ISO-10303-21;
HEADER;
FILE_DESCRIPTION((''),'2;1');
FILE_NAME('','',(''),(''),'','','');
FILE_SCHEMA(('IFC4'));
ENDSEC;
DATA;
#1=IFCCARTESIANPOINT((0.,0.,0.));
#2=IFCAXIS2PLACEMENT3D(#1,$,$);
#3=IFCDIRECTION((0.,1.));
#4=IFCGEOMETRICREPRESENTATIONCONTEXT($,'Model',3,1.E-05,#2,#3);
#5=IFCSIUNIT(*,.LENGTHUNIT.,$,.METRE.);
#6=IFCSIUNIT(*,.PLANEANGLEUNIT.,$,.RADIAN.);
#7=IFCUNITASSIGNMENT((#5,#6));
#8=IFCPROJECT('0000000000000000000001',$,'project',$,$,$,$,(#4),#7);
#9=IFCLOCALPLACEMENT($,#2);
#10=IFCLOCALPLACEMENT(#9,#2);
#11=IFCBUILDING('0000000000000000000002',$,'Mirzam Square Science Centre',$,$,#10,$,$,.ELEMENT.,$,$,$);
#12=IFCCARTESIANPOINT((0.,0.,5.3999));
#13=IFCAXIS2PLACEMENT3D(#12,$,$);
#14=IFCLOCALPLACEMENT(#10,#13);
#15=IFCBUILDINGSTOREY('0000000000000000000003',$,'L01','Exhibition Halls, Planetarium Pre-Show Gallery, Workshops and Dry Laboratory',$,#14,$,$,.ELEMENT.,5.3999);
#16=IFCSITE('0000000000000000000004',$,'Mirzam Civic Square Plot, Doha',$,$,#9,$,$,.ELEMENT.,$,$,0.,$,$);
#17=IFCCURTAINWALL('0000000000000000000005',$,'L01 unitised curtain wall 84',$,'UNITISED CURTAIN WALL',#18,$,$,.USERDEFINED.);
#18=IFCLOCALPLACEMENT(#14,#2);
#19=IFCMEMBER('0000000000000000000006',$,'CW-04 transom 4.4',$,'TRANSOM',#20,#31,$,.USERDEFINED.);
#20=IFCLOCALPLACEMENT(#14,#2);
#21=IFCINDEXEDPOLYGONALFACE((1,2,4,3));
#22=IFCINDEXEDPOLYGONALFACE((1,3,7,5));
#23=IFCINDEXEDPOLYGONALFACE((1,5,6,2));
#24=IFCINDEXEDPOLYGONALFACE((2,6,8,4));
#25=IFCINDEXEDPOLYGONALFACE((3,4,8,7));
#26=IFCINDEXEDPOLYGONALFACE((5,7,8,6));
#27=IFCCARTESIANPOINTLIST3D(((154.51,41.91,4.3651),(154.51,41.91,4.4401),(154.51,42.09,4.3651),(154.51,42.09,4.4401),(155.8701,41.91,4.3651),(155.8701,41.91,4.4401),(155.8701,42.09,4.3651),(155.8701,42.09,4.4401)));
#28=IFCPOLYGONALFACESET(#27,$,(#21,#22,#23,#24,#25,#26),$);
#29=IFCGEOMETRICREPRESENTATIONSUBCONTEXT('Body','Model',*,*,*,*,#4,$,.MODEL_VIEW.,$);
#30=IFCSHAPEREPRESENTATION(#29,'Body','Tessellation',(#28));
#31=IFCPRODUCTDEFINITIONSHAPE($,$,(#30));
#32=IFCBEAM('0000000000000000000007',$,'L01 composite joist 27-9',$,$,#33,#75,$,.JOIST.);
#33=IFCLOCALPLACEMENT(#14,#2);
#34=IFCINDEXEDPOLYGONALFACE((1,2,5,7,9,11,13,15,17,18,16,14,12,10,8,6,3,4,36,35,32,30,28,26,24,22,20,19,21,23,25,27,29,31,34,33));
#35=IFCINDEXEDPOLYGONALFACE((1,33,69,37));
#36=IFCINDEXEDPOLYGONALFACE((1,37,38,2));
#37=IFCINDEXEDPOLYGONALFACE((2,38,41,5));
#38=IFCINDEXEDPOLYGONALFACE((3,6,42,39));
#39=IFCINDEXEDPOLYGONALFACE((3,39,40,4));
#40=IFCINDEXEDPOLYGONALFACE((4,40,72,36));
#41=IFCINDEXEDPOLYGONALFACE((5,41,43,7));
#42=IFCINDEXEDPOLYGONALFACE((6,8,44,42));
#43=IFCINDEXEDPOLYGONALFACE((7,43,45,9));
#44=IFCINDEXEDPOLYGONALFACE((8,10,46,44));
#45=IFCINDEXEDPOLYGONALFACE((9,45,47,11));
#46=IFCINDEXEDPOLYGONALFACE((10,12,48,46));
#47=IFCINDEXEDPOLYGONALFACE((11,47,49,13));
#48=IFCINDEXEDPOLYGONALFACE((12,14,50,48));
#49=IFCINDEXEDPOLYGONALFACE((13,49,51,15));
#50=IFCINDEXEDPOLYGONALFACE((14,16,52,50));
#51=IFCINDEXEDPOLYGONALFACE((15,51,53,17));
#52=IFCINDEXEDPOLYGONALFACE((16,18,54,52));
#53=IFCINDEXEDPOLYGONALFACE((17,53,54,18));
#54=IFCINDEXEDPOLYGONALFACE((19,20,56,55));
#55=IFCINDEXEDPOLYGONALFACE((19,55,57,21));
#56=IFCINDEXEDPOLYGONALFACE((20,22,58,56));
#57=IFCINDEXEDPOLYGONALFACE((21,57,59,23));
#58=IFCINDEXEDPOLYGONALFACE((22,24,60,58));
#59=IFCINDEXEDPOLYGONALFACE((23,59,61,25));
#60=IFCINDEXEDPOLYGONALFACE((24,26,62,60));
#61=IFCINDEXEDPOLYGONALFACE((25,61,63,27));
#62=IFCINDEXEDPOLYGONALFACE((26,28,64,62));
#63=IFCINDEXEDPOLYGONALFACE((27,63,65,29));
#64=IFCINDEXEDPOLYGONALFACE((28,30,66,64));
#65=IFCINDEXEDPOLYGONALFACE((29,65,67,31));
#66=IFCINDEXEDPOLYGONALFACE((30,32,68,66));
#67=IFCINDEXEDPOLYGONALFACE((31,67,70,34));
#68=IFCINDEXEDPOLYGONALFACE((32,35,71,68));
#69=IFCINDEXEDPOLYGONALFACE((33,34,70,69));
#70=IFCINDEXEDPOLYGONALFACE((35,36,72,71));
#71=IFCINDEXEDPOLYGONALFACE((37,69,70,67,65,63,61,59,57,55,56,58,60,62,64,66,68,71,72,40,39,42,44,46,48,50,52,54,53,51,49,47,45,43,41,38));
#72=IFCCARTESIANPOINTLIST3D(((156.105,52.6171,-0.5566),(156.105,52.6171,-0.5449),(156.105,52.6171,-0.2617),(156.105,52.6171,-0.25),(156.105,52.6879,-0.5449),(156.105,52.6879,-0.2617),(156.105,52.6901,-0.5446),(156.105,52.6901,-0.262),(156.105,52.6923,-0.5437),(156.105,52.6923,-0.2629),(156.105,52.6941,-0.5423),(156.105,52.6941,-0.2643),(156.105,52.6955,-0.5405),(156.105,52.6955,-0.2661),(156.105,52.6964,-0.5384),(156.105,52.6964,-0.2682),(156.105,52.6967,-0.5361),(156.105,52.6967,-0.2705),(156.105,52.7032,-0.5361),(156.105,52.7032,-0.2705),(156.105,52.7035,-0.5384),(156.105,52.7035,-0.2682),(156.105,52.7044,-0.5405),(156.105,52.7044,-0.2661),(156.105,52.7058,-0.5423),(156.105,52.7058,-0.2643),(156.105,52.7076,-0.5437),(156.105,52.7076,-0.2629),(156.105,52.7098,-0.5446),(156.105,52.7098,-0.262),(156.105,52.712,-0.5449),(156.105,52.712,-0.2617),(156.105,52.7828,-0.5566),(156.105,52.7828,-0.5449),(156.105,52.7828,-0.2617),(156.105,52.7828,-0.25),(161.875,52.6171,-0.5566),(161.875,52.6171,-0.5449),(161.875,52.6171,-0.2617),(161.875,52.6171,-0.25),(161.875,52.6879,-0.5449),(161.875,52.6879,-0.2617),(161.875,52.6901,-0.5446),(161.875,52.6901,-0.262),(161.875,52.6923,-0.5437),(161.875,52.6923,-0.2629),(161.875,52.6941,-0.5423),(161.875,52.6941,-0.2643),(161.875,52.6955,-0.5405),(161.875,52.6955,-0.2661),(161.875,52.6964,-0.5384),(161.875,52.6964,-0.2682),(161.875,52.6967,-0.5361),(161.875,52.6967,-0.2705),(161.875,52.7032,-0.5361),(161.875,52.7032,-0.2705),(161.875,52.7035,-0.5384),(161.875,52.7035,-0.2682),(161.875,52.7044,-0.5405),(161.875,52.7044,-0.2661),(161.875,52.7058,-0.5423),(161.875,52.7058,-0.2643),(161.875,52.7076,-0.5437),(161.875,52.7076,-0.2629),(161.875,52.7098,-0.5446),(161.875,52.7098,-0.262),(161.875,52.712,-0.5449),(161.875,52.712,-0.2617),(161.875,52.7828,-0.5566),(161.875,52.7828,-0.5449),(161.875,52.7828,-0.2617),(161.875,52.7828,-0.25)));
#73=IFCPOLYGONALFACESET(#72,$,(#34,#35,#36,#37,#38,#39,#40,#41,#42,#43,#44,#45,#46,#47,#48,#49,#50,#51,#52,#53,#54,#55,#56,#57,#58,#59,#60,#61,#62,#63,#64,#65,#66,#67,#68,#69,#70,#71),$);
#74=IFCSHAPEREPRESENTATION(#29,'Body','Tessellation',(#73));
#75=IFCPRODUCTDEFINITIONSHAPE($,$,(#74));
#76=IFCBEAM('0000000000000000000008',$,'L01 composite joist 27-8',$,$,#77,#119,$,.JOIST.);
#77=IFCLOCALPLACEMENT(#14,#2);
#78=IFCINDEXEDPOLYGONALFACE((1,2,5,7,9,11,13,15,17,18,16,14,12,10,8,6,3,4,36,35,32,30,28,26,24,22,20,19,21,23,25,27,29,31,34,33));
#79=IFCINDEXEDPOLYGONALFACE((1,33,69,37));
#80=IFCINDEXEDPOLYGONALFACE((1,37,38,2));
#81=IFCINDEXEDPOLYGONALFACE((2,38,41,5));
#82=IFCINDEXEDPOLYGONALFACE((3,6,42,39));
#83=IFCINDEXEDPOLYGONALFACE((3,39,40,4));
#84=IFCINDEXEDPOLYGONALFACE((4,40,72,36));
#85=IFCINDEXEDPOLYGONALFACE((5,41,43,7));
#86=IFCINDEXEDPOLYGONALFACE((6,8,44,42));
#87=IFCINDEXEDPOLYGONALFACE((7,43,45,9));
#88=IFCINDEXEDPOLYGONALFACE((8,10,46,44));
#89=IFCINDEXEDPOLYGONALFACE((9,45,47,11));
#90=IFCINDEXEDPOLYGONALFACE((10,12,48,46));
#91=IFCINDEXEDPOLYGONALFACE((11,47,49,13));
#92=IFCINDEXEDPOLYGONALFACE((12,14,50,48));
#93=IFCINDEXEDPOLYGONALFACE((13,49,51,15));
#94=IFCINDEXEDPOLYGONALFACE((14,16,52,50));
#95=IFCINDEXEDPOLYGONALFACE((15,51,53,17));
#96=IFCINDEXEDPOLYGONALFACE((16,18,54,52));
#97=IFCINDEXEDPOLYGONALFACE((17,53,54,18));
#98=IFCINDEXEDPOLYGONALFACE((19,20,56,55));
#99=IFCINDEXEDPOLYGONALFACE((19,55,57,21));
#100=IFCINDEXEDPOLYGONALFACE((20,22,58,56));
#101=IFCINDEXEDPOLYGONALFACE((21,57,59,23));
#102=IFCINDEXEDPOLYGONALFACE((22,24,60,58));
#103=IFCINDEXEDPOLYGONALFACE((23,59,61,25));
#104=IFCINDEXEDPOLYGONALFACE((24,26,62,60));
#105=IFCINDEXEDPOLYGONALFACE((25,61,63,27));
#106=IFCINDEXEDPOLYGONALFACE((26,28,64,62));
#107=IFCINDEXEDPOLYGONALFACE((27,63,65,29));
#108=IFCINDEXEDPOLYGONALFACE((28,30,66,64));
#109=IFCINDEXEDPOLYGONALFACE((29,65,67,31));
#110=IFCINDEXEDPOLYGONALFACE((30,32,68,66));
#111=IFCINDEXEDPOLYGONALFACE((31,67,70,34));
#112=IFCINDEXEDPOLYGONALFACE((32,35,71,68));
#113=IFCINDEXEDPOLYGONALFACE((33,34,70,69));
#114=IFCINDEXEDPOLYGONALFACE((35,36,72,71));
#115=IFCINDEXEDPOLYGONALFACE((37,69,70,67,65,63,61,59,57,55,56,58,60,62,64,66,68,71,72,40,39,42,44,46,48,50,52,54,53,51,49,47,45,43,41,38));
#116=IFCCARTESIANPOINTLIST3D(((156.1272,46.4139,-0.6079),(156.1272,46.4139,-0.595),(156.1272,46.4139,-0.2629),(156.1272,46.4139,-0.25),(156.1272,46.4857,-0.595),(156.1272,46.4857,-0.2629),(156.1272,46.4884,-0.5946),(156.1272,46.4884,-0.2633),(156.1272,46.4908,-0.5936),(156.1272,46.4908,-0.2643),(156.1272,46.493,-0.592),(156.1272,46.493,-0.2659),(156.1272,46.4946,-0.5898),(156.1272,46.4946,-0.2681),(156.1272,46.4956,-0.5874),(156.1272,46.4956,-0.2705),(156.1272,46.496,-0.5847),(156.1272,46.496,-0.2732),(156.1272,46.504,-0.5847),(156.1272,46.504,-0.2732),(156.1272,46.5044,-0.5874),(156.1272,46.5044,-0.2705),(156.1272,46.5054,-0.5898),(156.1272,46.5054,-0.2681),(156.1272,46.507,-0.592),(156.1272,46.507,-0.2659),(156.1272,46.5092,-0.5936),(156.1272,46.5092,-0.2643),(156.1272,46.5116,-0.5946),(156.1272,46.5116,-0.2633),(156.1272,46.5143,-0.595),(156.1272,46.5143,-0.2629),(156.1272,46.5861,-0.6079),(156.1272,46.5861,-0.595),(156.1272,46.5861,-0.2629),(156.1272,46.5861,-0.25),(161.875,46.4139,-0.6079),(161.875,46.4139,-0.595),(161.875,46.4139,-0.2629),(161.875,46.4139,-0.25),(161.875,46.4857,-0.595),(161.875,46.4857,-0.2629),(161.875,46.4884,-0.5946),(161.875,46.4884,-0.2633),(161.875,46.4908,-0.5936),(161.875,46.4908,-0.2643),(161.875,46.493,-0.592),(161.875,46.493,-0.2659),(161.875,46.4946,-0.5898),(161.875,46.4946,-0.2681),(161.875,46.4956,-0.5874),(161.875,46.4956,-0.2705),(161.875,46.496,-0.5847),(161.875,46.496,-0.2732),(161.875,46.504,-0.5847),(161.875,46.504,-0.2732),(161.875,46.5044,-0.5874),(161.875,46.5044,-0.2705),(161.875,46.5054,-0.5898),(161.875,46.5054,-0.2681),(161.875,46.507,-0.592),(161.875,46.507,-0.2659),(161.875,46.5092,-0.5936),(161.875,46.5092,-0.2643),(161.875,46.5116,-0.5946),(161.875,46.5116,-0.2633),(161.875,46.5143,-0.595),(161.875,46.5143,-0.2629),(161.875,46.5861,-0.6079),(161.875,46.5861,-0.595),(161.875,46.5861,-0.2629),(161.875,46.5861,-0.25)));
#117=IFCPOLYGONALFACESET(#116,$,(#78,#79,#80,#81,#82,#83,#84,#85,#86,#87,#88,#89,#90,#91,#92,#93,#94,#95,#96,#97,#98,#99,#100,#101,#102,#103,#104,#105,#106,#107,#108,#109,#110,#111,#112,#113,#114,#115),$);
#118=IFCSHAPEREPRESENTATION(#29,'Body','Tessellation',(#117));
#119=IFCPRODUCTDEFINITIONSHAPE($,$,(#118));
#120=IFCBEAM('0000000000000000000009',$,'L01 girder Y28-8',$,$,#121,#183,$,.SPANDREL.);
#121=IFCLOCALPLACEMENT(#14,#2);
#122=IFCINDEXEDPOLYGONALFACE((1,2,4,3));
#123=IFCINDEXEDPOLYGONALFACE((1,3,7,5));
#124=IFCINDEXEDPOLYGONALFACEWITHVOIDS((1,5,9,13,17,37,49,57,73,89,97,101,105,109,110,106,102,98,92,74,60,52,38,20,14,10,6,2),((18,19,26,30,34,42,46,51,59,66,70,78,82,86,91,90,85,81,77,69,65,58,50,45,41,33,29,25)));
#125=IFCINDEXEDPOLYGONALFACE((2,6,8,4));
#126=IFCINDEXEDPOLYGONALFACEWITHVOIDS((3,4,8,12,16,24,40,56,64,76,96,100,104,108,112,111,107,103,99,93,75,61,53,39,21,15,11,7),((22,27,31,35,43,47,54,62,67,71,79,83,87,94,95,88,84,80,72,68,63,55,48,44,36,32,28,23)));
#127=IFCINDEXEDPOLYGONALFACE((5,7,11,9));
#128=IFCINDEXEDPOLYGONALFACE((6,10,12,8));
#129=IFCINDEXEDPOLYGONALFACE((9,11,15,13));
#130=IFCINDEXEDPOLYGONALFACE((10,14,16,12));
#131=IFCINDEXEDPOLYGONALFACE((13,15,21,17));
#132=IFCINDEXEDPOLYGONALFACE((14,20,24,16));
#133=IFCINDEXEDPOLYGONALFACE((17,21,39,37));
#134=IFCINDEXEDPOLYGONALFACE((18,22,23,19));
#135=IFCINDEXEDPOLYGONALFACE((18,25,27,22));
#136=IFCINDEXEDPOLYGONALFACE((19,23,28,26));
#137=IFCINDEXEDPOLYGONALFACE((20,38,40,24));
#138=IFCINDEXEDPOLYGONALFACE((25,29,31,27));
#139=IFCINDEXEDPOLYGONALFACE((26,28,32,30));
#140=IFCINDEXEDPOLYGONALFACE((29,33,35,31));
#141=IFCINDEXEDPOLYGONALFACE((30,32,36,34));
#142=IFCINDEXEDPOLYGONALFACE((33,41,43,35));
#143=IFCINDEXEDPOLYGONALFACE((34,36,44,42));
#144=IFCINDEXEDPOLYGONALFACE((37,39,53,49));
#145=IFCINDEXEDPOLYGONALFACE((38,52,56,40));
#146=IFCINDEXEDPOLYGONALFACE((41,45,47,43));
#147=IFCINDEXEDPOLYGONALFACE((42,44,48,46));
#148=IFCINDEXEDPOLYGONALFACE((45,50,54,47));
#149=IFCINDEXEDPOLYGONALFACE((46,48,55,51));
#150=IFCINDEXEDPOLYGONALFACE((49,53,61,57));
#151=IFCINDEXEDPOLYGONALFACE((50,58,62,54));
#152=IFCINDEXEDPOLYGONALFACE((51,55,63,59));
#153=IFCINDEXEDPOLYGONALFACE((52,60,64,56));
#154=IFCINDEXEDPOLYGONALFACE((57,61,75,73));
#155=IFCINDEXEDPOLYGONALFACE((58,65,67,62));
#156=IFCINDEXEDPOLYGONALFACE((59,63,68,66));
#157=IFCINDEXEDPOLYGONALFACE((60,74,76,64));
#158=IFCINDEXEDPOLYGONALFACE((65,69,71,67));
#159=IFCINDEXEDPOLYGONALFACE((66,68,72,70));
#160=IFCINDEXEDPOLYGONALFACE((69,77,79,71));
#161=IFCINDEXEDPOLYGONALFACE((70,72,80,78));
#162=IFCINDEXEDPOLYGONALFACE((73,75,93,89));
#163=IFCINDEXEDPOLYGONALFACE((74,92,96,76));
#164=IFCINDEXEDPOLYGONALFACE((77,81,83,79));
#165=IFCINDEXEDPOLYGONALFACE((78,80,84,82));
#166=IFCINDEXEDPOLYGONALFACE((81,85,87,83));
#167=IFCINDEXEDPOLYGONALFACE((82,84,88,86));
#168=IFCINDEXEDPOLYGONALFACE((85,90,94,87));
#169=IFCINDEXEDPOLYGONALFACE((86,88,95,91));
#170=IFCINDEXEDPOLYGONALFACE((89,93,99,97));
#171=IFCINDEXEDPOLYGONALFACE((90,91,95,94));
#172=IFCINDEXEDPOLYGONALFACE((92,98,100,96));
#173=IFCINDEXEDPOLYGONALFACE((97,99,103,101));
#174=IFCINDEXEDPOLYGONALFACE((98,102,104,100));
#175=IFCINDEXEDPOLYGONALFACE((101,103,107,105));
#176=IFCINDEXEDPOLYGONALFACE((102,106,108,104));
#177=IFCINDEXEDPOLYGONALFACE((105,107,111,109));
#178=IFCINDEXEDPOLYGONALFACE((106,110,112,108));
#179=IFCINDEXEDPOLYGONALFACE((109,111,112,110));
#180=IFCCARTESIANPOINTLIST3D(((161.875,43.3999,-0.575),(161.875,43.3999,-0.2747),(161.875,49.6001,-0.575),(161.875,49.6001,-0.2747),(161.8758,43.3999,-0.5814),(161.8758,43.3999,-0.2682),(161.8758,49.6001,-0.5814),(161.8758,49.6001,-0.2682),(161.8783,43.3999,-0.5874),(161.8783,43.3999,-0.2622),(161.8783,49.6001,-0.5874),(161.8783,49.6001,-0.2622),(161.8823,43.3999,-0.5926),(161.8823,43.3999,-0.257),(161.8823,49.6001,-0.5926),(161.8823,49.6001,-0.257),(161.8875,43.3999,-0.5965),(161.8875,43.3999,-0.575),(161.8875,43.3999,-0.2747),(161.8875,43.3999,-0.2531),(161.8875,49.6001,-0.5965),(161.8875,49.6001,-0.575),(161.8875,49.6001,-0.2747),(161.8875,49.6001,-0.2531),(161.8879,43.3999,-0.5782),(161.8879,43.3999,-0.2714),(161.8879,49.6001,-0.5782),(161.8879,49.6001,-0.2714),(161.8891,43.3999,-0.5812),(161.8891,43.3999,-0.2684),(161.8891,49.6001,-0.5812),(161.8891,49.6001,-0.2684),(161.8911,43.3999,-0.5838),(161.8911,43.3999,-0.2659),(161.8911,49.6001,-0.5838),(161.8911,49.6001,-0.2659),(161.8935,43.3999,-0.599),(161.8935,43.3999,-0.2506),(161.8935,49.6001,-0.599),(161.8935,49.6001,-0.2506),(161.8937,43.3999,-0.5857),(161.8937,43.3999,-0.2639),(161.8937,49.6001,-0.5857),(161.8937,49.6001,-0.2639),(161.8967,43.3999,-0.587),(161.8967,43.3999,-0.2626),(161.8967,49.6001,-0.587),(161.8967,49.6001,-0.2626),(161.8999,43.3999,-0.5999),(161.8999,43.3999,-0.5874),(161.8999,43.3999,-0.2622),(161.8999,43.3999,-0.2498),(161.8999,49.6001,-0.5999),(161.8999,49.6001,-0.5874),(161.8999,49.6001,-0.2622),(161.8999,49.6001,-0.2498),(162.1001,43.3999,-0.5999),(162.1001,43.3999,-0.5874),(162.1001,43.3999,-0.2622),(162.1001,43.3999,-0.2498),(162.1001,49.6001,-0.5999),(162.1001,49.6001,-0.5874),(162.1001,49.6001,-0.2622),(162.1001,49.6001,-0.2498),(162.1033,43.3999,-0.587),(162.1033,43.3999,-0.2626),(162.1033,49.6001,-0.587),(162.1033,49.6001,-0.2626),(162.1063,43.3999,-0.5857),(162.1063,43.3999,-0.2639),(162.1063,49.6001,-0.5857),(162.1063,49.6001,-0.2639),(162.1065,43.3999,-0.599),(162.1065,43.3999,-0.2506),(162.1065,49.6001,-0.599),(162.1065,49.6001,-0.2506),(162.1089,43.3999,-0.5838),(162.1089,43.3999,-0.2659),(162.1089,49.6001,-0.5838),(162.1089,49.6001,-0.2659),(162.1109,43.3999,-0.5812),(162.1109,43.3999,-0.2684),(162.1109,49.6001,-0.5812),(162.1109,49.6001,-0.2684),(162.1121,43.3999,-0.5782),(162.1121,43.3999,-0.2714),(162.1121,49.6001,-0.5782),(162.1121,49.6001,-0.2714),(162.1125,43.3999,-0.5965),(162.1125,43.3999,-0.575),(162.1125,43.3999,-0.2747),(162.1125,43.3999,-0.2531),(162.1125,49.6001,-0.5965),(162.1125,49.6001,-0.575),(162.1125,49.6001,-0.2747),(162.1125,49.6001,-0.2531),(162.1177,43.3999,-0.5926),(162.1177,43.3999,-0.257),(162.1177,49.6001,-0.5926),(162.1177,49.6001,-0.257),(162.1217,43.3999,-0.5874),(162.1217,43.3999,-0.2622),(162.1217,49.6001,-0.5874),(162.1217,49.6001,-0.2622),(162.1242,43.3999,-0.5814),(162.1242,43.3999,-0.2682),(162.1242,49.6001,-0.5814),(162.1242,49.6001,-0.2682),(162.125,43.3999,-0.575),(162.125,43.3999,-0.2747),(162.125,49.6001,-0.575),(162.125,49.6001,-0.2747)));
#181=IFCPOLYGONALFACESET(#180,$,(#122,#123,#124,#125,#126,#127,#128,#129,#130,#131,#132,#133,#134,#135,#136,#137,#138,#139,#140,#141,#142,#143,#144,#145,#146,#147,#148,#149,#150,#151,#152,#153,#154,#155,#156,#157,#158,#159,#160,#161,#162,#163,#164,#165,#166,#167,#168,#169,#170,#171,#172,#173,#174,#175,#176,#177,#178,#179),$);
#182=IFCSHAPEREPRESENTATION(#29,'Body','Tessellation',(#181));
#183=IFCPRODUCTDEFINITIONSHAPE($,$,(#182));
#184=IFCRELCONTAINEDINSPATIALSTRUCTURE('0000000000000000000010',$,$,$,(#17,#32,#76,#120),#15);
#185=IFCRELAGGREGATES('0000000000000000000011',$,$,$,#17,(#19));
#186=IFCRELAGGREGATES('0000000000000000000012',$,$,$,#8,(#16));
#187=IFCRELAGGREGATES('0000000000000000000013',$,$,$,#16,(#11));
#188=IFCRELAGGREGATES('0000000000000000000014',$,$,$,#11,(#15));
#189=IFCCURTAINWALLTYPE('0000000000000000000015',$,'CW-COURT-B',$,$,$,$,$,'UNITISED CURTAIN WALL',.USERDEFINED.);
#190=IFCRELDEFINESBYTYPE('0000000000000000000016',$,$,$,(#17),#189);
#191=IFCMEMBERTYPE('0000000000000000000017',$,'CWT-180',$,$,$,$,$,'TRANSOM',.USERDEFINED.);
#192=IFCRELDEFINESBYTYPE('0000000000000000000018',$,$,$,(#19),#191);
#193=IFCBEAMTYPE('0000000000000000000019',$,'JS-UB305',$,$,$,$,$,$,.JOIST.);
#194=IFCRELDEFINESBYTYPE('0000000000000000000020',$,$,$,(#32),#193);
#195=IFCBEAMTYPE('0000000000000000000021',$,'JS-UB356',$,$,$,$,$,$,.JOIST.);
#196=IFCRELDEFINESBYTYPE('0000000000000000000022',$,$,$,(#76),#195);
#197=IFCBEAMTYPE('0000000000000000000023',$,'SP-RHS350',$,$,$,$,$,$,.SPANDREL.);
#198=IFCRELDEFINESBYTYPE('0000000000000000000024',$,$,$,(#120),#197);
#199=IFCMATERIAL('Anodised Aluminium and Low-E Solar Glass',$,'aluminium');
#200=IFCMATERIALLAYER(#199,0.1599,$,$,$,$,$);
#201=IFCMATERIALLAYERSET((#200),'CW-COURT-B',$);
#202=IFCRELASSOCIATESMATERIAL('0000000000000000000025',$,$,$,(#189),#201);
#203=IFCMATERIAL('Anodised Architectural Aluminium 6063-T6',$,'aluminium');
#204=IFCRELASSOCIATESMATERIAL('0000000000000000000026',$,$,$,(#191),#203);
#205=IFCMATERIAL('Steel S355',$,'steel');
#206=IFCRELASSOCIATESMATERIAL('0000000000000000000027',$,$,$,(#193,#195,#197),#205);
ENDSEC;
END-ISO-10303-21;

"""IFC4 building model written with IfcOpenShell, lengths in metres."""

from ifc_helpers import new_model, si_unit, direction, frame, origin, origin_2d, place, context, subcontext, project, spatial, rectangle, hollow_rectangle, i_section, extrude, material, layer, layer_set, material_profile, profile_set, type_object, element, aggregate, save


model = new_model("IFC4")

# Units and contexts
model_context = context("Model", 3, precision=1e-05, world=origin(), true_north=direction((0.0, 1.0)))
body_context = subcontext(model_context, "Body", "Model", "MODEL_VIEW")
ifc_project = project(units=[si_unit("LENGTHUNIT", "METRE"), si_unit("PLANEANGLEUNIT", "RADIAN")], contexts=[model_context])

# Site, building, storey
site_placement = place(None, origin())
site = spatial("IfcSite", under=ifc_project, at=site_placement, Name="Mirzam Civic Square Plot, Doha", CompositionType="ELEMENT", RefElevation=0.0)
building_placement = place(site_placement, origin())
building = spatial("IfcBuilding", under=site, at=building_placement, Name="Mirzam Square Science Centre", CompositionType="ELEMENT")
storey_placement = place(building_placement, frame((0.0, 0.0, 5.3999)))
storey = spatial("IfcBuildingStorey", under=building, at=storey_placement, Name="L01", Description="Exhibition Halls, Planetarium Pre-Show Gallery, Workshops and Dry Laboratory", CompositionType="ELEMENT", Elevation=5.3999)

# Shared definitions
ifc_material_1 = material(Name="Steel S355", Category="steel")

# Curtain wall, member
ifc_material_2 = material(Name="Anodised Aluminium and Low-E Solar Glass", Category="aluminium")
ifc_layer_1 = layer(ifc_material_2, 0.1599)
ifc_layer_set_1 = layer_set([ifc_layer_1], Name="CW-COURT-B")
curtain_wall_type = type_object("IfcCurtainWallType", Name="CW-COURT-B", ElementType="UNITISED CURTAIN WALL", PredefinedType="USERDEFINED", material=ifc_layer_set_1)
curtain_wall_placement = place(storey_placement, origin())
curtain_wall = element("IfcCurtainWall", 1, at=curtain_wall_placement, inside=storey, type_object=curtain_wall_type, Name="L01 unitised curtain wall 84", ObjectType="UNITISED CURTAIN WALL", PredefinedType="USERDEFINED")
ifc_material_3 = material(Name="Anodised Architectural Aluminium 6063-T6", Category="aluminium")
ifc_material_profile_1 = material_profile(ifc_material_3, rectangle(XDim=0.1799, YDim=0.075, at=origin_2d()), Name="ALU-TRAN-180x75x5")
ifc_profile_set_1 = profile_set([ifc_material_profile_1], Name="Anodised Architectural Aluminium 6063-T6")
member_type_1 = type_object("IfcMemberType", Name="CWT-180", ElementType="TRANSOM", PredefinedType="USERDEFINED", material=ifc_profile_set_1)
member_1_placement = place(storey_placement, frame((154.51, 42.0, 4.4026), z_axis=(1.0, 0.0, 0.0), x_axis=(0.0, 1.0, 0.0)))
member_1 = element("IfcMember", 2, at=member_1_placement, type_object=member_type_1, Name="CW-04 transom 4.4", ObjectType="TRANSOM", PredefinedType="USERDEFINED", context=body_context, shape_type="SweptSolid", body=[
    extrude(rectangle(XDim=0.1799, YDim=0.075, at=origin_2d()), origin(), (0.0, 0.0, 1.0), 1.3601),
])

# Beams
ifc_material_profile_2 = material_profile(ifc_material_1, i_section(OverallWidth=0.1658, OverallDepth=0.3066, WebThickness=0.0066, FlangeThickness=0.0117, FilletRadius=0.0088, at=origin_2d()), Name="305x165x46UB")
ifc_profile_set_2 = profile_set([ifc_material_profile_2], Name="Steel S355")
beam_type_1 = type_object("IfcBeamType", Name="JS-UB305", PredefinedType="JOIST", material=ifc_profile_set_2)
beam_1_placement = place(storey_placement, frame((156.105, 52.7, -0.4033), z_axis=(1.0, 0.0, 0.0), x_axis=(0.0, 1.0, 0.0)))
element("IfcBeam", 3, at=beam_1_placement, inside=storey, type_object=beam_type_1, Name="L01 composite joist 27-9", PredefinedType="JOIST", context=body_context, shape_type="SweptSolid", body=[
    extrude(i_section(OverallWidth=0.1658, OverallDepth=0.3066, WebThickness=0.0066, FlangeThickness=0.0117, FilletRadius=0.0088, at=origin_2d()), origin(), (0.0, 0.0, 1.0), 5.77),
])
ifc_material_profile_3 = material_profile(ifc_material_1, i_section(OverallWidth=0.1721, OverallDepth=0.3579, WebThickness=0.0081, FlangeThickness=0.0129, FilletRadius=0.0103, at=origin_2d()), Name="356x171x57UB")
ifc_profile_set_3 = profile_set([ifc_material_profile_3], Name="Steel S355")
beam_type_2 = type_object("IfcBeamType", Name="JS-UB356", PredefinedType="JOIST", material=ifc_profile_set_3)
beam_2_placement = place(storey_placement, frame((156.1272, 46.5, -0.429), z_axis=(1.0, 0.0, 0.0), x_axis=(0.0, 1.0, 0.0)))
element("IfcBeam", 4, at=beam_2_placement, inside=storey, type_object=beam_type_2, Name="L01 composite joist 27-8", PredefinedType="JOIST", context=body_context, shape_type="SweptSolid", body=[
    extrude(i_section(OverallWidth=0.1721, OverallDepth=0.3579, WebThickness=0.0081, FlangeThickness=0.0129, FilletRadius=0.0103, at=origin_2d()), origin(), (0.0, 0.0, 1.0), 5.7478),
])
ifc_material_profile_4 = material_profile(ifc_material_1, hollow_rectangle(XDim=0.25, YDim=0.3501, WallThickness=0.0125, InnerFilletRadius=0.0125, OuterFilletRadius=0.0249, at=origin_2d()), Name="350x250x12.5RHS")
ifc_profile_set_4 = profile_set([ifc_material_profile_4], Name="Steel S355")
beam_type_3 = type_object("IfcBeamType", Name="SP-RHS350", PredefinedType="SPANDREL", material=ifc_profile_set_4)
beam_3_placement = place(storey_placement, frame((162.0, 43.3999, -0.4248), z_axis=(0.0, 1.0, 0.0), x_axis=(-1.0, 0.0, 0.0)))
element("IfcBeam", 5, at=beam_3_placement, inside=storey, type_object=beam_type_3, Name="L01 girder Y28-8", PredefinedType="SPANDREL", context=body_context, shape_type="SweptSolid", body=[
    extrude(hollow_rectangle(XDim=0.25, YDim=0.3501, WallThickness=0.0125, InnerFilletRadius=0.0125, OuterFilletRadius=0.0249, at=origin_2d()), origin(), (0.0, 0.0, 1.0), 6.2002),
])

aggregate(curtain_wall, [member_1])

save(model, "model.ifc")
